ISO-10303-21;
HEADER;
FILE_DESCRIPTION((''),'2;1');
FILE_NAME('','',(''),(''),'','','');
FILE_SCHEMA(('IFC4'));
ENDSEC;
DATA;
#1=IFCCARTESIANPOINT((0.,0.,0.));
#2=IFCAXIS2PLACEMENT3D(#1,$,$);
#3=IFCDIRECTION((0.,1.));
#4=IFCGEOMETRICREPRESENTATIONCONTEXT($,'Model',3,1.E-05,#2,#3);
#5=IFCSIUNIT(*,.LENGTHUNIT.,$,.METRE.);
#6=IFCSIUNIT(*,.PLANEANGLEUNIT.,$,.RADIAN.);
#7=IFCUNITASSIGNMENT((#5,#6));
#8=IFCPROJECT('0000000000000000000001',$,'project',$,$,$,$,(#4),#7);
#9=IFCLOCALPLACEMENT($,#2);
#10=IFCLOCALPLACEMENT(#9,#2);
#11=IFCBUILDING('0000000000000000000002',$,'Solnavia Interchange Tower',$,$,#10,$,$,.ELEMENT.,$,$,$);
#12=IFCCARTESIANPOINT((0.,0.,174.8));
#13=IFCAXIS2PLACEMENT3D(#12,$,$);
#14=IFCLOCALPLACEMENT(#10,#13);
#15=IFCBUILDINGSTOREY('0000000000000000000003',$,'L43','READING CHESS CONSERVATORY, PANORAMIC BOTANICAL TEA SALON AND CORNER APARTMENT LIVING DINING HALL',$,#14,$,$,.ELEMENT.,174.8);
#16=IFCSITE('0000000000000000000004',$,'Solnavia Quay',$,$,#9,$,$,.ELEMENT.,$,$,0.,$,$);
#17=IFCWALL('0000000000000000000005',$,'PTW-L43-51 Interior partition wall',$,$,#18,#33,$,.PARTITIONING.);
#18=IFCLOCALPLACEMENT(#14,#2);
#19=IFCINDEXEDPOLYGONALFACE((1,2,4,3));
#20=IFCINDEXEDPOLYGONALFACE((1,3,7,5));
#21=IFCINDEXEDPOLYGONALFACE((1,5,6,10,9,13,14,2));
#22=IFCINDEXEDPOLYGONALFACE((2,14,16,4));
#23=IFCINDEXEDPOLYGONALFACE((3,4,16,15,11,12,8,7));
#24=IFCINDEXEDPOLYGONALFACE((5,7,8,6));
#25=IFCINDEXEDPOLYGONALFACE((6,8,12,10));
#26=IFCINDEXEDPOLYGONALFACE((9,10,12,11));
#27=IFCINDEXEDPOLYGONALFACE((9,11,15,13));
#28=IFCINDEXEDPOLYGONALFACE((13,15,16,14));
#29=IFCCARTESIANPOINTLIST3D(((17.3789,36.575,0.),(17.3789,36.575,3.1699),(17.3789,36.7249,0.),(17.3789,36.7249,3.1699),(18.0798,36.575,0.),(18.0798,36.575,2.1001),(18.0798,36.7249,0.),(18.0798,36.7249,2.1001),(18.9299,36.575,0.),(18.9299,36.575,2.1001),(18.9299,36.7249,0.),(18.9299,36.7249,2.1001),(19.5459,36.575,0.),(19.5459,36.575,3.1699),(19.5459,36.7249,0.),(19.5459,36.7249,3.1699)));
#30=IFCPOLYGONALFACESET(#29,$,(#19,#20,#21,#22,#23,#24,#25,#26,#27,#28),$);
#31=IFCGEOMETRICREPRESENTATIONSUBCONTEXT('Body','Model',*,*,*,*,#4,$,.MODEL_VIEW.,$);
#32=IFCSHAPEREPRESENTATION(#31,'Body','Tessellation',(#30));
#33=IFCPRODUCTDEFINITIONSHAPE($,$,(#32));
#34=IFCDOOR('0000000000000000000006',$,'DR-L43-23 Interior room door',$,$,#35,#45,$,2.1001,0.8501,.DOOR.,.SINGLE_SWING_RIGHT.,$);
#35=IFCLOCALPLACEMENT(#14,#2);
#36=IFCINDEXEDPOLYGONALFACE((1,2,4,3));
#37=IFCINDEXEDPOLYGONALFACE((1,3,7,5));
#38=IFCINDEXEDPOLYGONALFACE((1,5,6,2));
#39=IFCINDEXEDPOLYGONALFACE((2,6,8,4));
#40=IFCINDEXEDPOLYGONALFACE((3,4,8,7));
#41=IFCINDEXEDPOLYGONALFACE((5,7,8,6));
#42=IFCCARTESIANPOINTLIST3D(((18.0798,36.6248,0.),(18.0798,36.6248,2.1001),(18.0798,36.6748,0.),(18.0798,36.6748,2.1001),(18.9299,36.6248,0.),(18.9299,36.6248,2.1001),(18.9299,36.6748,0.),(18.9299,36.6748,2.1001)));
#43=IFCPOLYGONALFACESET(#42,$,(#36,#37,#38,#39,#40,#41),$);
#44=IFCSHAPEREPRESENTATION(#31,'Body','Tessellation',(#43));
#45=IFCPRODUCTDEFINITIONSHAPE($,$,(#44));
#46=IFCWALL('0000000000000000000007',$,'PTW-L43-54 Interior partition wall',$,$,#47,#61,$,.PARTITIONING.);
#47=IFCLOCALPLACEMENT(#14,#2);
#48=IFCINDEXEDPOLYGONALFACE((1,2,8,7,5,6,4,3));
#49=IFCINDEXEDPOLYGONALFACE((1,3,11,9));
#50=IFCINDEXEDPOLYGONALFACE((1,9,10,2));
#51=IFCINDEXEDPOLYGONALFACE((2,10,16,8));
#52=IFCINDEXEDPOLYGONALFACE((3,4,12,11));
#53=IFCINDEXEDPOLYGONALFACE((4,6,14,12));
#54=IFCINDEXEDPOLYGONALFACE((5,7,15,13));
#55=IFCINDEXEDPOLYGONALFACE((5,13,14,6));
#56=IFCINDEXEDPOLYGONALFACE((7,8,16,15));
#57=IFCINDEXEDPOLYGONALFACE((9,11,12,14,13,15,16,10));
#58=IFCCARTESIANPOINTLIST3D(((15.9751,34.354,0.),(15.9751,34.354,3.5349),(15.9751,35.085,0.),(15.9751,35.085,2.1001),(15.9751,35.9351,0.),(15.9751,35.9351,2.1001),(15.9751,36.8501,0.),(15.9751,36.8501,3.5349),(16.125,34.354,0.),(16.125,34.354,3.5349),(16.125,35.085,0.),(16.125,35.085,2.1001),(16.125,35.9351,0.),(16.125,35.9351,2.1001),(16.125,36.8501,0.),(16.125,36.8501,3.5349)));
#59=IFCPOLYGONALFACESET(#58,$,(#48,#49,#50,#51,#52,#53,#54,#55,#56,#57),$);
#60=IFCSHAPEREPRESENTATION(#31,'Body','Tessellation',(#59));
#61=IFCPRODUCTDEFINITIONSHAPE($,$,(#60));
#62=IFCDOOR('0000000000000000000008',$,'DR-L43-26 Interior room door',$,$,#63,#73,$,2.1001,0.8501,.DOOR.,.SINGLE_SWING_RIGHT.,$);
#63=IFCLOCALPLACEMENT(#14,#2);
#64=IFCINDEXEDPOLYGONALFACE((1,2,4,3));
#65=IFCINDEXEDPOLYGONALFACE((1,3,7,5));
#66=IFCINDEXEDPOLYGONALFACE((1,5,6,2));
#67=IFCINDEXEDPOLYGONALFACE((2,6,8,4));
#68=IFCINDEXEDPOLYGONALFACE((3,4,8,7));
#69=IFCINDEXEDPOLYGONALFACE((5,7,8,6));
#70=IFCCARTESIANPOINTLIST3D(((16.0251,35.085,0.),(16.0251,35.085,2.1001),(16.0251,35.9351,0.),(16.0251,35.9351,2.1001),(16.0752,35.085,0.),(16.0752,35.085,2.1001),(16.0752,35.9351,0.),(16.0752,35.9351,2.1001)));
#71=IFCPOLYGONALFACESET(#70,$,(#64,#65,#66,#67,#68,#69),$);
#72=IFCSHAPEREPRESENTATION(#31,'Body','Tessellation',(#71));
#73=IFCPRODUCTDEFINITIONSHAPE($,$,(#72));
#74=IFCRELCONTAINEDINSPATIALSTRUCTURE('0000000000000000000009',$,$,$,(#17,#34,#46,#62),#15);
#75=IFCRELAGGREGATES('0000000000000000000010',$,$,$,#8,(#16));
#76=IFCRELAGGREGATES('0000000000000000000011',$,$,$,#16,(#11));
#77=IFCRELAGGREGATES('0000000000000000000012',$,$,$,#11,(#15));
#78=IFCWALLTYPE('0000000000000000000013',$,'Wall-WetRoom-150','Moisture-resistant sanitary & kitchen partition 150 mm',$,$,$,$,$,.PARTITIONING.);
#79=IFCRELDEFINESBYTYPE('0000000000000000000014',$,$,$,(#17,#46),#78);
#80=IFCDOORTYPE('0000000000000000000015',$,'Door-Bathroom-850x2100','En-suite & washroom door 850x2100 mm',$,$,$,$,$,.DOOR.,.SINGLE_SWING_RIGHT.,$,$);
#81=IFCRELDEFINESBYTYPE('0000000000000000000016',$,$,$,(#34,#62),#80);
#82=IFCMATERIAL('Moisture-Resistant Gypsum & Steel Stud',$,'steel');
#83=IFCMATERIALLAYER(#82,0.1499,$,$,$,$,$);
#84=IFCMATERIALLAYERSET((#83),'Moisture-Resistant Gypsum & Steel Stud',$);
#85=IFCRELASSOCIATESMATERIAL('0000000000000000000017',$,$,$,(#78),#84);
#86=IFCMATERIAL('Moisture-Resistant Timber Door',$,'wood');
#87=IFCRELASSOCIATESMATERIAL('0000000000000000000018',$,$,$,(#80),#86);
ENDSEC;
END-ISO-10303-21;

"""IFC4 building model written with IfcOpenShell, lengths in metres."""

from ifc_helpers import new_model, si_unit, direction, frame, frame_2d, origin, place, context, subcontext, project, spatial, rectangle, extrude, material, layer, layer_set, type_object, element, fill, save


model = new_model("IFC4")

# Units and contexts
model_context = context("Model", 3, precision=1e-05, world=origin(), true_north=direction((0.0, 1.0)))
body_context = subcontext(model_context, "Body", "Model", "MODEL_VIEW")
ifc_project = project(units=[si_unit("LENGTHUNIT", "METRE"), si_unit("PLANEANGLEUNIT", "RADIAN")], contexts=[model_context])

# Site, building, storey
site_placement = place(None, origin())
site = spatial("IfcSite", under=ifc_project, at=site_placement, Name="Solnavia Quay", CompositionType="ELEMENT", RefElevation=0.0)
building_placement = place(site_placement, origin())
building = spatial("IfcBuilding", under=site, at=building_placement, Name="Solnavia Interchange Tower", CompositionType="ELEMENT")
storey_placement = place(building_placement, frame((0.0, 0.0, 174.8)))
storey = spatial("IfcBuildingStorey", under=building, at=storey_placement, Name="L43", Description="READING CHESS CONSERVATORY, PANORAMIC BOTANICAL TEA SALON AND CORNER APARTMENT LIVING DINING HALL", CompositionType="ELEMENT", Elevation=174.8)

# Shared definitions
ifc_material_1 = material(Name="Moisture-Resistant Gypsum & Steel Stud", Category="steel")
ifc_layer_1 = layer(ifc_material_1, 0.1499)
ifc_layer_set_1 = layer_set([ifc_layer_1], Name="Moisture-Resistant Gypsum & Steel Stud")
wall_type_1 = type_object("IfcWallType", Name="Wall-WetRoom-150", Description="Moisture-resistant sanitary & kitchen partition 150 mm", PredefinedType="PARTITIONING", material=ifc_layer_set_1)

# Walls, openings, doors
wall_1_placement = place(storey_placement, frame((17.3789, 36.6499, 0.0), z_axis=(0.0, 0.0, 1.0), x_axis=(1.0, 0.0, 0.0)))
wall_1 = element("IfcWall", 1, at=wall_1_placement, inside=storey, type_object=wall_type_1, Name="PTW-L43-51 Interior partition wall", PredefinedType="PARTITIONING", context=body_context, shape_type="SweptSolid", body=[
    extrude(rectangle(XDim=2.167, YDim=0.1499, at=frame_2d((1.0835, 0.0))), origin(), (0.0, 0.0, 1.0), 3.1699),
])
opening_1_placement = place(wall_1_placement, frame((0.7009, 0.0, 0.0)))
opening_1 = element("IfcOpeningElement", 2, at=opening_1_placement, cuts=wall_1, PredefinedType="OPENING", context=body_context, shape_type="SweptSolid", body=[
    extrude(rectangle(XDim=0.8501, YDim=2.1001, at=frame_2d((0.425, 1.05))), frame((0.0, 0.085, 0.0), z_axis=(0.0, -1.0, 0.0), x_axis=(1.0, 0.0, 0.0)), (0.0, 0.0, 1.0), 0.1699),
])
ifc_material_2 = material(Name="Moisture-Resistant Timber Door", Category="wood")
door_type_1 = type_object("IfcDoorType", Name="Door-Bathroom-850x2100", Description="En-suite & washroom door 850x2100 mm", OperationType="SINGLE_SWING_RIGHT", PredefinedType="DOOR", material=ifc_material_2)
door_1_placement = place(opening_1_placement, origin())
door_1 = element("IfcDoor", 3, at=door_1_placement, inside=storey, type_object=door_type_1, Name="DR-L43-23 Interior room door", OperationType="SINGLE_SWING_RIGHT", OverallHeight=2.1001, OverallWidth=0.8501, PredefinedType="DOOR", context=body_context, shape_type="SweptSolid", body=[
    extrude(rectangle(XDim=0.8501, YDim=2.1001, at=frame_2d((0.425, 1.05))), frame((0.0, 0.0249, 0.0), z_axis=(0.0, -1.0, 0.0), x_axis=(1.0, 0.0, 0.0)), (0.0, 0.0, 1.0), 0.05),
])
fill(opening_1, door_1)
wall_2_placement = place(storey_placement, frame((16.05, 34.354, 0.0), z_axis=(0.0, 0.0, 1.0), x_axis=(0.0, 1.0, 0.0)))
wall_2 = element("IfcWall", 4, at=wall_2_placement, inside=storey, type_object=wall_type_1, Name="PTW-L43-54 Interior partition wall", PredefinedType="PARTITIONING", context=body_context, shape_type="SweptSolid", body=[
    extrude(rectangle(XDim=2.4961, YDim=0.1499, at=frame_2d((1.248, 0.0))), origin(), (0.0, 0.0, 1.0), 3.5349),
])
opening_2_placement = place(wall_2_placement, frame((0.731, 0.0, 0.0)))
opening_2 = element("IfcOpeningElement", 5, at=opening_2_placement, cuts=wall_2, PredefinedType="OPENING", context=body_context, shape_type="SweptSolid", body=[
    extrude(rectangle(XDim=0.8501, YDim=2.1001, at=frame_2d((0.425, 1.05))), frame((0.0, 0.085, 0.0), z_axis=(0.0, -1.0, 0.0), x_axis=(1.0, 0.0, 0.0)), (0.0, 0.0, 1.0), 0.1699),
])
door_2_placement = place(opening_2_placement, origin())
door_2 = element("IfcDoor", 6, at=door_2_placement, inside=storey, type_object=door_type_1, Name="DR-L43-26 Interior room door", OperationType="SINGLE_SWING_RIGHT", OverallHeight=2.1001, OverallWidth=0.8501, PredefinedType="DOOR", context=body_context, shape_type="SweptSolid", body=[
    extrude(rectangle(XDim=0.8501, YDim=2.1001, at=frame_2d((0.425, 1.05))), frame((0.0, 0.0249, 0.0), z_axis=(0.0, -1.0, 0.0), x_axis=(1.0, 0.0, 0.0)), (0.0, 0.0, 1.0), 0.05),
])
fill(opening_2, door_2)

save(model, "model.ifc")
